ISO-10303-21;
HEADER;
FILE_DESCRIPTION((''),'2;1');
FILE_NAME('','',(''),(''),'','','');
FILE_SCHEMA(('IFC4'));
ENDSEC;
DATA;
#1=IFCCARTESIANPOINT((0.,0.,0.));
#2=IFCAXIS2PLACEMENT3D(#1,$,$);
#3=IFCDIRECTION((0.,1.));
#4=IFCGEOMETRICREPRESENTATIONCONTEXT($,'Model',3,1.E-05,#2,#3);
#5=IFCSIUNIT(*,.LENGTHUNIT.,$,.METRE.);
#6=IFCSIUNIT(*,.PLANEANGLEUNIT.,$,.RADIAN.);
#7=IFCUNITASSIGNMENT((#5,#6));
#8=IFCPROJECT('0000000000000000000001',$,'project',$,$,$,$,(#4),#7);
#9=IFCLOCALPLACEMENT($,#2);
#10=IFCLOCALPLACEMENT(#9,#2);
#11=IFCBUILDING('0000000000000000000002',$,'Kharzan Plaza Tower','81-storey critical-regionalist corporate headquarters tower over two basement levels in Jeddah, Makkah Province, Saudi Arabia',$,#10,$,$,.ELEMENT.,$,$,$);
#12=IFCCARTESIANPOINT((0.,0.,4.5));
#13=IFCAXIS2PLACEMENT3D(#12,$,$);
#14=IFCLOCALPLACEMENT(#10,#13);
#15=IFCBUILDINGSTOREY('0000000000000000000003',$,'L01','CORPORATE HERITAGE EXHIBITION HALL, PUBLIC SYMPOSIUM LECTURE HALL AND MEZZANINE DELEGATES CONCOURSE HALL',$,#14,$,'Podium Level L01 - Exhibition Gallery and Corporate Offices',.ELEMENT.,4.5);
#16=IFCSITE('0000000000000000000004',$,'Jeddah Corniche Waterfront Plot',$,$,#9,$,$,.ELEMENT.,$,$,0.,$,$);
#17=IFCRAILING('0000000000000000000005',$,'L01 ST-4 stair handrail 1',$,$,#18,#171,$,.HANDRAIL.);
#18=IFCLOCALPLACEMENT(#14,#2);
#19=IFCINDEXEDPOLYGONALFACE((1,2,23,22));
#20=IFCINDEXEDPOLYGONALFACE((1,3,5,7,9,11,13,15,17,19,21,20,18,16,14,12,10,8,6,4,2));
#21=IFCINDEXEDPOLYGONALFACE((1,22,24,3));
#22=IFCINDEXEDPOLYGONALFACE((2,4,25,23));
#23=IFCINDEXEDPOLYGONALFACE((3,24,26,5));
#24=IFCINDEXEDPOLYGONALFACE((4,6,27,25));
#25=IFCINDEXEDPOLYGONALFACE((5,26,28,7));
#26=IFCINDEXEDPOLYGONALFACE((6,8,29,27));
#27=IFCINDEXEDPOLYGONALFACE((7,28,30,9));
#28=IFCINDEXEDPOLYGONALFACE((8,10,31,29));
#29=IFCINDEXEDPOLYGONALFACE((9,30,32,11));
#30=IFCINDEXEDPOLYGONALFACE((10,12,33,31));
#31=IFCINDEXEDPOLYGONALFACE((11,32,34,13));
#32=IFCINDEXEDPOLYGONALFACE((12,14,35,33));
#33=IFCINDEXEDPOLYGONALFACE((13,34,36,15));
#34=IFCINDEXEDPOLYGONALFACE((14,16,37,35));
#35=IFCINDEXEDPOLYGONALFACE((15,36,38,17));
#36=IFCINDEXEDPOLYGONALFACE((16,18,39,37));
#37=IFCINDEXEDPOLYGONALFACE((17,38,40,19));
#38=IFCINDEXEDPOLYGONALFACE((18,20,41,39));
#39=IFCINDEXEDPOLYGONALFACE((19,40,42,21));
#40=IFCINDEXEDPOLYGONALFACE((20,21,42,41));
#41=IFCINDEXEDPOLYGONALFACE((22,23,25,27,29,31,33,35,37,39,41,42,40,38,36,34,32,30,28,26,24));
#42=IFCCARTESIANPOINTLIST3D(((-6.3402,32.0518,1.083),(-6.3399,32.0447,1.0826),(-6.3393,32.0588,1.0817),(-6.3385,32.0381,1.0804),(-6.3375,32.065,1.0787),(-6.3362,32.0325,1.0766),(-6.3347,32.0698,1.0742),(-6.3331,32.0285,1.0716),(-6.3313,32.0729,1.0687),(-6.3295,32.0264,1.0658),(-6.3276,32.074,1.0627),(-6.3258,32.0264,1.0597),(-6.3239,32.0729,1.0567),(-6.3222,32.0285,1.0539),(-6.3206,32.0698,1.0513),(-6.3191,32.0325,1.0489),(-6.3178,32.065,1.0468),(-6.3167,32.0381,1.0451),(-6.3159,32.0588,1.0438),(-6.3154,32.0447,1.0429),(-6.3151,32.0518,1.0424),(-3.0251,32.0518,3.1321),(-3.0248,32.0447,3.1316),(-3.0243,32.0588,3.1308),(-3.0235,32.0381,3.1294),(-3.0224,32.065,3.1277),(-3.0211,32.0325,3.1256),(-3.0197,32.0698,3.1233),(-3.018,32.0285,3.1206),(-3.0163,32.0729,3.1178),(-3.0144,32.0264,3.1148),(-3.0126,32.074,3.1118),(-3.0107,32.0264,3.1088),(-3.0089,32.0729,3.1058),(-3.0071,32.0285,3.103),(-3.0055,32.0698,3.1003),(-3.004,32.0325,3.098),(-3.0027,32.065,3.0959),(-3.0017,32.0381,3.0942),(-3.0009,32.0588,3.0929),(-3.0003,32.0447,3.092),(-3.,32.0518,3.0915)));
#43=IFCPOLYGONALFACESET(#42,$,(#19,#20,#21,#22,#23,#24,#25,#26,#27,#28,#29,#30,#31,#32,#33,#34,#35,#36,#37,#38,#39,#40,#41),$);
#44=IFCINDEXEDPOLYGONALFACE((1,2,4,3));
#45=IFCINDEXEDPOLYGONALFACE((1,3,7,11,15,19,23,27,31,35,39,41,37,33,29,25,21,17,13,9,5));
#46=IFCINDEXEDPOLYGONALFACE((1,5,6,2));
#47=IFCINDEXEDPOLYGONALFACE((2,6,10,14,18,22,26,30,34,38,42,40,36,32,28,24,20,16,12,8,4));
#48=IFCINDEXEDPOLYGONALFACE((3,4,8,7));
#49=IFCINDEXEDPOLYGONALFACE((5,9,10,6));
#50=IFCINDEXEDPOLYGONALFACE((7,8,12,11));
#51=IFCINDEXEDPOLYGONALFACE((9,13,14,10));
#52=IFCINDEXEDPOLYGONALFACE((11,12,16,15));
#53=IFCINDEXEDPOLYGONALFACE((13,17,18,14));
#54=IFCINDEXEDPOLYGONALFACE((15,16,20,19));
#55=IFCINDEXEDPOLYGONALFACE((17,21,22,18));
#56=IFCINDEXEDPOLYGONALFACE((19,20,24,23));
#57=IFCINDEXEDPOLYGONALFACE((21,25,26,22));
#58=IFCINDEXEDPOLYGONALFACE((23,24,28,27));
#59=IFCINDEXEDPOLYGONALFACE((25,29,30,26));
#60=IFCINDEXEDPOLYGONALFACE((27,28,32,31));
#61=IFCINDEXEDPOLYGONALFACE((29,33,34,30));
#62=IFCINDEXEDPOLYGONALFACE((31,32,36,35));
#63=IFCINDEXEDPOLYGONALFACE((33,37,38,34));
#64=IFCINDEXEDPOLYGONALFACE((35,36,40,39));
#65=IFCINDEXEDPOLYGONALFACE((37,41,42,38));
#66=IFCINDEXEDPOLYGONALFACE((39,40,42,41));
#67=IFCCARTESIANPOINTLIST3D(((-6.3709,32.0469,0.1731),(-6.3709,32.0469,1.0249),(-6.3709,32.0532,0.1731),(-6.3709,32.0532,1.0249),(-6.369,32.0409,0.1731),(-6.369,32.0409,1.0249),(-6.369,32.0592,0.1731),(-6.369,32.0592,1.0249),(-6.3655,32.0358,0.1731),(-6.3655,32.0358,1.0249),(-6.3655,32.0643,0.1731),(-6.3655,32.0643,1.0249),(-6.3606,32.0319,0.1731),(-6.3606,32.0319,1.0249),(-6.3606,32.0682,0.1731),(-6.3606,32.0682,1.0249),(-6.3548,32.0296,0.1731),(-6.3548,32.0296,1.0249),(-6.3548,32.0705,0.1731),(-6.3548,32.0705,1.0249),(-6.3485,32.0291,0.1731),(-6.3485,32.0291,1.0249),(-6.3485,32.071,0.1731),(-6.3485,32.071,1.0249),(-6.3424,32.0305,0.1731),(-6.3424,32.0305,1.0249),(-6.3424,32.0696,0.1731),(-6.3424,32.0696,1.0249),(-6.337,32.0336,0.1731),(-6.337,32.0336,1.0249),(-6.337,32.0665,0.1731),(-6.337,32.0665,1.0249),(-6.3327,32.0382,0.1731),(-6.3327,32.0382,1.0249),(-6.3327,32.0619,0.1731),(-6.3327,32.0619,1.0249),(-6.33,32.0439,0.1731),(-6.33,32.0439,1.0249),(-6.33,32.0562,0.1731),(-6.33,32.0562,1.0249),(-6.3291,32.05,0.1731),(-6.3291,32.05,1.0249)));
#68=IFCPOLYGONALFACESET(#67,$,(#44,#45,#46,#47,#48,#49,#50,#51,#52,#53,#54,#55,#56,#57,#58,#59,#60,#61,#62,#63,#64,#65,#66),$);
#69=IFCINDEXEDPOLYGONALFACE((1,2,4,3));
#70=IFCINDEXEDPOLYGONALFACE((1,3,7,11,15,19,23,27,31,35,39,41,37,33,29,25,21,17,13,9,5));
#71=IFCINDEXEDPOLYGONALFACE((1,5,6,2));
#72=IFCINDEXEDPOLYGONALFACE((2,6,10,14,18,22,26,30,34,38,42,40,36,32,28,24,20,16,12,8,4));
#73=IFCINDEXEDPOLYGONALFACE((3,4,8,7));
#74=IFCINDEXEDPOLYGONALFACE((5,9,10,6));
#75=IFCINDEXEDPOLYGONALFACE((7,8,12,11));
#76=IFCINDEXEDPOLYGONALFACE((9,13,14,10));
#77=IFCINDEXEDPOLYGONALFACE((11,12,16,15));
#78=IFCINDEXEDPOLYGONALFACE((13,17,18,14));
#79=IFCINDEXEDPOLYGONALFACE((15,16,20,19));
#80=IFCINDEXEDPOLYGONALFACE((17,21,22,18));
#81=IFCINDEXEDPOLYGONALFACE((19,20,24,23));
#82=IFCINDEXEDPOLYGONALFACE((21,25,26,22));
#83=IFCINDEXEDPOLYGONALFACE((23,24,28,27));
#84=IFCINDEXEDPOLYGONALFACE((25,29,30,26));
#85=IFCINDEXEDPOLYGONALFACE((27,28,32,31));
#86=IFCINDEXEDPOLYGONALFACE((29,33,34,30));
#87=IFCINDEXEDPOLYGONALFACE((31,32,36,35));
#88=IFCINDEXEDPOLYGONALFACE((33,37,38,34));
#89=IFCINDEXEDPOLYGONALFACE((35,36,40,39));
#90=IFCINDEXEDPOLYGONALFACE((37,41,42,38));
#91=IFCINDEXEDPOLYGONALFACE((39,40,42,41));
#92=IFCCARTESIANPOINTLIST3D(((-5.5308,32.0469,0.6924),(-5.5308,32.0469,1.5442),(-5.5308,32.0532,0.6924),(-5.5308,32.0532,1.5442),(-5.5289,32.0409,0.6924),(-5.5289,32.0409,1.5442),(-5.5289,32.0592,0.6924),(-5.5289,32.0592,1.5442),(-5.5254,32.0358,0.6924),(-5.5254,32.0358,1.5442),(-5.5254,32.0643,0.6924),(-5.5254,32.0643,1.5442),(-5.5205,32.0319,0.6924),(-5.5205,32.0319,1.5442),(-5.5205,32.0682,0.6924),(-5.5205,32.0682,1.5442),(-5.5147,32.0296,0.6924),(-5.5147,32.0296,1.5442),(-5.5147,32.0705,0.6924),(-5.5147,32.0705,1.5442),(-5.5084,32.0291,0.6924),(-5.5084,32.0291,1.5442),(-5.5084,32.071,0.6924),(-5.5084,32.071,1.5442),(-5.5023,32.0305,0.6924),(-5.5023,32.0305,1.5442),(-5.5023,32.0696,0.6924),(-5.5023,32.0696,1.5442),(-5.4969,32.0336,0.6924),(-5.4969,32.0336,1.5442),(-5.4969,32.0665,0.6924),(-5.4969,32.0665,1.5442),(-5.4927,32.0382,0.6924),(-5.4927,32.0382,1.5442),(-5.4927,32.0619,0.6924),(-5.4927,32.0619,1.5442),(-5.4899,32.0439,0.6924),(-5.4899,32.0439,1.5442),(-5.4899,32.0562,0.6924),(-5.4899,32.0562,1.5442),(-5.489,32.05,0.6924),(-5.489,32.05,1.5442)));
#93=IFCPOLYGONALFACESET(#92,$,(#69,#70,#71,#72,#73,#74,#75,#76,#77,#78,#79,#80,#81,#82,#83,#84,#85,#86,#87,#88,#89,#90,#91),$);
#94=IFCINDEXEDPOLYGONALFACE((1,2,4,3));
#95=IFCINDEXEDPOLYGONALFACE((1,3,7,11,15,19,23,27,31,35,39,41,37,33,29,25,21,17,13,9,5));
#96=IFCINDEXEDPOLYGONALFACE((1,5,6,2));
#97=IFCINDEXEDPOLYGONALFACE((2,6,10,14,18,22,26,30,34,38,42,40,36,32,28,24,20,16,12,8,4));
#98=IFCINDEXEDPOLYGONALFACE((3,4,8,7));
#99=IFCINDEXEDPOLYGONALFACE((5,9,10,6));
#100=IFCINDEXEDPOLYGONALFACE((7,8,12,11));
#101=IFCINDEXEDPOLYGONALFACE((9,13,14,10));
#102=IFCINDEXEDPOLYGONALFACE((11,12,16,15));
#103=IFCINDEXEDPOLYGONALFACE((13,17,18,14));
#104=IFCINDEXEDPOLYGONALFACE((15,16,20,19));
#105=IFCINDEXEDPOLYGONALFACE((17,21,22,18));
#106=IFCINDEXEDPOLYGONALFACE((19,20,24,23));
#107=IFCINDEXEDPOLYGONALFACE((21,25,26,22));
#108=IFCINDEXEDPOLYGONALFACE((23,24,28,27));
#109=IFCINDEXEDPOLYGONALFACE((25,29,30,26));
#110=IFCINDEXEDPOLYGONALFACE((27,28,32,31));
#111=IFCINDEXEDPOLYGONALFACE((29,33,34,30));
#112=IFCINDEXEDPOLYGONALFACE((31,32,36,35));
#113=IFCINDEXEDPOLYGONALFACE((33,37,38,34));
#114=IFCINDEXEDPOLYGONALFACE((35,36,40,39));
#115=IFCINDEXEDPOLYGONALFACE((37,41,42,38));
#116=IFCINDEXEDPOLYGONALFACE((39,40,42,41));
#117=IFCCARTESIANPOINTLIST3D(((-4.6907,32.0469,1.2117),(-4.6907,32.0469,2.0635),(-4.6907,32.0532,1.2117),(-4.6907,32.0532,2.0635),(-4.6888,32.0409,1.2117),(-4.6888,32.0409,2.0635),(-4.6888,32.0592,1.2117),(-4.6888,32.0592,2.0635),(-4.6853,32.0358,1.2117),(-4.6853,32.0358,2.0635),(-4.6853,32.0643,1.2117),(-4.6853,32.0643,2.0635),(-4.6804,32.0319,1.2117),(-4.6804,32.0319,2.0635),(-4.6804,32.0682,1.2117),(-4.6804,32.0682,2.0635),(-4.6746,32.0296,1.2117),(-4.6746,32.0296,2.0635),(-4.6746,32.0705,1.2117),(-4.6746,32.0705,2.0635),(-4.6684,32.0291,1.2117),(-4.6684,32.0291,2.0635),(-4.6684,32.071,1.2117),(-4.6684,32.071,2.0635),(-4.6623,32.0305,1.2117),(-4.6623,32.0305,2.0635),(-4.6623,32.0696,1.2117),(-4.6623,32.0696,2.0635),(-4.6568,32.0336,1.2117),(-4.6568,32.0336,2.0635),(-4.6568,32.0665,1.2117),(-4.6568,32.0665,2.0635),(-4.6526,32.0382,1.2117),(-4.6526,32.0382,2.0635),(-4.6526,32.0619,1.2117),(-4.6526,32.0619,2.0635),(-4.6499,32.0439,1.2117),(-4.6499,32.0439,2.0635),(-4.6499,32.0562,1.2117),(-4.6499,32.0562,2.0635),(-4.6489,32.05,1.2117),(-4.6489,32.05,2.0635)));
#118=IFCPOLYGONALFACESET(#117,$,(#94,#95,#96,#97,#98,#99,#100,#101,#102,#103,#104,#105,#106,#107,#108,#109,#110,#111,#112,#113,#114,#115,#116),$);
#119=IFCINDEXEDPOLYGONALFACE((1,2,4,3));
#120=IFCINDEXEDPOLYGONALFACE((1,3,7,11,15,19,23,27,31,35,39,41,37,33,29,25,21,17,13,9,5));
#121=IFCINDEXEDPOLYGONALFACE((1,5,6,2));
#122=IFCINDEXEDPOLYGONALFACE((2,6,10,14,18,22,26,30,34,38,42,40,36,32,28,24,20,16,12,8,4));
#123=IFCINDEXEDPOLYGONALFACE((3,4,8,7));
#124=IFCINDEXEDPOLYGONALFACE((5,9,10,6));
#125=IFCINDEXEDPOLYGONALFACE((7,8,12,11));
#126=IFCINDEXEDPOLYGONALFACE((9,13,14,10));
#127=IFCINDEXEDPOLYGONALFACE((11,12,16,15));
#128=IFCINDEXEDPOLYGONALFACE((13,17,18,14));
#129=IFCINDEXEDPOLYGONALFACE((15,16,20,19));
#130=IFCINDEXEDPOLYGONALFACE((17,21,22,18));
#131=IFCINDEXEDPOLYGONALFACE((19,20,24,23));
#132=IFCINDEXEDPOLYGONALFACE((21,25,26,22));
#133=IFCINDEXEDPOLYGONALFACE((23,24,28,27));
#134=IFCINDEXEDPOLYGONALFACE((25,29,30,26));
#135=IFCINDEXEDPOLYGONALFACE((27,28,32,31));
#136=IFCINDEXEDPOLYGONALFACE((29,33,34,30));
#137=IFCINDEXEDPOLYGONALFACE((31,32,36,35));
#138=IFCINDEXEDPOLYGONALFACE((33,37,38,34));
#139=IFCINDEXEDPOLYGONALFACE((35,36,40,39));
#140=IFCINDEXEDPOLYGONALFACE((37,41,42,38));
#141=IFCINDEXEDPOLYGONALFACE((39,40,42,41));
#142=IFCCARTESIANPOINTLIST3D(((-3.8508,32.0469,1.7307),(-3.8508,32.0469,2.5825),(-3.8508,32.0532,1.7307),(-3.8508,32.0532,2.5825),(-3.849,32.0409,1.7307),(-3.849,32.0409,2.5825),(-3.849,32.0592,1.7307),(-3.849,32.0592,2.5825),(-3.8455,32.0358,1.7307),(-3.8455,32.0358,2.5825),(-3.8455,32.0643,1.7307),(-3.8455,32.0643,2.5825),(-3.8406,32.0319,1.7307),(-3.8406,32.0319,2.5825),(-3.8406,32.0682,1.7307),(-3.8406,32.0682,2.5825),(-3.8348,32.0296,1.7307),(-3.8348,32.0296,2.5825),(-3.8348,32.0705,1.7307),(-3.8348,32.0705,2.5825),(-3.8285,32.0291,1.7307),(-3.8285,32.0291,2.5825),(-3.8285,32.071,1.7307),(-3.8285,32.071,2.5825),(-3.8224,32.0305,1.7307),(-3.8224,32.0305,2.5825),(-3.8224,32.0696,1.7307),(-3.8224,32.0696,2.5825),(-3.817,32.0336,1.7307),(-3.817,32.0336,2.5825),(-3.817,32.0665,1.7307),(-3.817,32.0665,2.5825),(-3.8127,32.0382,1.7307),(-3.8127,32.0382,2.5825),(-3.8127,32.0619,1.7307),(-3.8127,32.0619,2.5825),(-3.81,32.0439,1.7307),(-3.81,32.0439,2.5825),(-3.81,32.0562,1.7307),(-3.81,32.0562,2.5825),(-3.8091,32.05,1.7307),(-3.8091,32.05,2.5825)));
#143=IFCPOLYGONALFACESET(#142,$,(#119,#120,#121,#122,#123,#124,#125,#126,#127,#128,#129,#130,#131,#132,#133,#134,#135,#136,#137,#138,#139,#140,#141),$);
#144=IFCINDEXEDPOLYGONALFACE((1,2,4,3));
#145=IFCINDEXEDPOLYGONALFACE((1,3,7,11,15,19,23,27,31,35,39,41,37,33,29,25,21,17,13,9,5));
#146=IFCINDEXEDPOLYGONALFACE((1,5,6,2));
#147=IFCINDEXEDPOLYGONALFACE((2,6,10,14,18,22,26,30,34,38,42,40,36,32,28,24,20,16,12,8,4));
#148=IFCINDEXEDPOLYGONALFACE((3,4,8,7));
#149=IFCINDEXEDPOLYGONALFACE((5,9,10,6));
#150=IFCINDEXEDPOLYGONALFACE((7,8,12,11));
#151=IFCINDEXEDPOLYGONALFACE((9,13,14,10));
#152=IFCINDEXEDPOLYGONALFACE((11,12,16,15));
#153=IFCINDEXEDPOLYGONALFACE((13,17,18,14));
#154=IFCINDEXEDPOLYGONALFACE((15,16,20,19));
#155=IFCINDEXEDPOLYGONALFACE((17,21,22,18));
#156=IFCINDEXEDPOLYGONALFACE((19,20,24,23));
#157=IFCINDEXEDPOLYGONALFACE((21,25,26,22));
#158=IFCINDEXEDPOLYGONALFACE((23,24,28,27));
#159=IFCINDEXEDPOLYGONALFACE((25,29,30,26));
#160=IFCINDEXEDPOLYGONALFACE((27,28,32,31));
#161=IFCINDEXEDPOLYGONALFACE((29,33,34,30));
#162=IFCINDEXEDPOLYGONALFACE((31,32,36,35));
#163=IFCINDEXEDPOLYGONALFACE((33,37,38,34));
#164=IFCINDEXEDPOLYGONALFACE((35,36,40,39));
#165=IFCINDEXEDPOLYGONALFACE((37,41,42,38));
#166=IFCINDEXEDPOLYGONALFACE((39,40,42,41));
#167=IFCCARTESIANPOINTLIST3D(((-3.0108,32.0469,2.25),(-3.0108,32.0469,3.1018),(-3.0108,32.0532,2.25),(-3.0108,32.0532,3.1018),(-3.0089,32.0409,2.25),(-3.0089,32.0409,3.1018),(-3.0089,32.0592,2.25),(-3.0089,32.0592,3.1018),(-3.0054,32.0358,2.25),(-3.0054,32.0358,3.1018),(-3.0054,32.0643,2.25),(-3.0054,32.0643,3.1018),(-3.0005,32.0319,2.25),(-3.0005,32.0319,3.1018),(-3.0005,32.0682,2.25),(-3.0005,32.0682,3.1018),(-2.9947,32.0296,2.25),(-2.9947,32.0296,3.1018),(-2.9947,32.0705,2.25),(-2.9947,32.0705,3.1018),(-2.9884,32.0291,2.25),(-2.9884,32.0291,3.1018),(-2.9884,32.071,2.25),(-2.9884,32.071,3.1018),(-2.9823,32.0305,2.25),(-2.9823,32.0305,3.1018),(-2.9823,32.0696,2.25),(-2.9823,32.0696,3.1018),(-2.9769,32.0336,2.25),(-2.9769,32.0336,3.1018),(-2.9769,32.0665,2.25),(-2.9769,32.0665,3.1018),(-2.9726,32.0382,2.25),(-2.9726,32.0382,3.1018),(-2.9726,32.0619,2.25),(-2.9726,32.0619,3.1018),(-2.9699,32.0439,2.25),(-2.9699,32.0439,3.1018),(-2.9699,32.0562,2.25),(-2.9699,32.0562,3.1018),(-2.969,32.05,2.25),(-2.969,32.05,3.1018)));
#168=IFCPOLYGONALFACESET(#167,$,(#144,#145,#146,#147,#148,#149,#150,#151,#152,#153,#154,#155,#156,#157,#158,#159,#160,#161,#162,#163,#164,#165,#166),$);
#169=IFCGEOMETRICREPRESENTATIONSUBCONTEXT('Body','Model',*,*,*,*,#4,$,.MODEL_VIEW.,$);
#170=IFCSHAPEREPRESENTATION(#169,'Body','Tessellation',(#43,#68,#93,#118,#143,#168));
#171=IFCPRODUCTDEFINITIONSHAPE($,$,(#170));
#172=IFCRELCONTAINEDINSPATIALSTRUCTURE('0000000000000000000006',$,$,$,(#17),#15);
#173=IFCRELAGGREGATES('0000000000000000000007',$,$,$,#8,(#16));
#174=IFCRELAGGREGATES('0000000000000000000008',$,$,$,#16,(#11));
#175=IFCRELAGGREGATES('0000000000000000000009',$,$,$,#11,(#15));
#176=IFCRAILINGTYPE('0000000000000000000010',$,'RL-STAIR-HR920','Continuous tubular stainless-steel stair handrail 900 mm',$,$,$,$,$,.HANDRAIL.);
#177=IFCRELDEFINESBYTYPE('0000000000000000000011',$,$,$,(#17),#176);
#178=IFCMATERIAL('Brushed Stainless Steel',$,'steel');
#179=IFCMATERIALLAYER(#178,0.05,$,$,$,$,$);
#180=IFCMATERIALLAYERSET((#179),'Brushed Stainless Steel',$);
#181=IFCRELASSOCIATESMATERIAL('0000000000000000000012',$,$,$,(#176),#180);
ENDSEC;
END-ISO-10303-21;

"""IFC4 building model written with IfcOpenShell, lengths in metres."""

from ifc_helpers import new_model, si_unit, direction, frame, origin, origin_2d, place, context, subcontext, project, spatial, circle, extrude, source, transform, mapped, material, layer, layer_set, type_object, element, save


model = new_model("IFC4")

# Units and contexts
model_context = context("Model", 3, precision=1e-05, world=origin(), true_north=direction((0.0, 1.0)))
body_context = subcontext(model_context, "Body", "Model", "MODEL_VIEW")
ifc_project = project(units=[si_unit("LENGTHUNIT", "METRE"), si_unit("PLANEANGLEUNIT", "RADIAN")], contexts=[model_context])

# Site, building, storey
site_placement = place(None, origin())
site = spatial("IfcSite", under=ifc_project, at=site_placement, Name="Jeddah Corniche Waterfront Plot", CompositionType="ELEMENT", RefElevation=0.0)
building_placement = place(site_placement, origin())
building = spatial("IfcBuilding", under=site, at=building_placement, Name="Kharzan Plaza Tower", Description="81-storey critical-regionalist corporate headquarters tower over two basement levels in Jeddah, Makkah Province, Saudi Arabia", CompositionType="ELEMENT")
storey_placement = place(building_placement, frame((0.0, 0.0, 4.5)))
storey = spatial("IfcBuildingStorey", under=building, at=storey_placement, Name="L01", Description="CORPORATE HERITAGE EXHIBITION HALL, PUBLIC SYMPOSIUM LECTURE HALL AND MEZZANINE DELEGATES CONCOURSE HALL", LongName="Podium Level L01 - Exhibition Gallery and Corporate Offices", CompositionType="ELEMENT", Elevation=4.5)

# Railing
ifc_material_1 = material(Name="Brushed Stainless Steel", Category="steel")
ifc_layer_1 = layer(ifc_material_1, 0.05)
ifc_layer_set_1 = layer_set([ifc_layer_1], Name="Brushed Stainless Steel")
railing_type_1 = type_object("IfcRailingType", Name="RL-STAIR-HR920", Description="Continuous tubular stainless-steel stair handrail 900 mm", PredefinedType="HANDRAIL", material=ifc_layer_set_1)
shared_shape_1 = source(origin(), body_context, "Body", "SweptSolid", [
    extrude(circle(Radius=0.0239, at=origin_2d()), frame((0.0225, 0.0, 0.8896), z_axis=(0.850623, 0.0, 0.525776), x_axis=(0.0, 1.0, 0.0)), (0.0, 0.0, 1.0), 3.8972),
    extrude(circle(Radius=0.021, at=origin_2d()), origin(), (0.0, 0.0, 1.0), 0.8518),
    extrude(circle(Radius=0.021, at=origin_2d()), frame((0.8401, 0.0, 0.5193)), (0.0, 0.0, 1.0), 0.8518),
    extrude(circle(Radius=0.021, at=origin_2d()), frame((1.6802, 0.0, 1.0386)), (0.0, 0.0, 1.0), 0.8518),
    extrude(circle(Radius=0.021, at=origin_2d()), frame((2.52, 0.0, 1.5576)), (0.0, 0.0, 1.0), 0.8518),
    extrude(circle(Radius=0.021, at=origin_2d()), frame((3.3601, 0.0, 2.0769)), (0.0, 0.0, 1.0), 0.8518),
])
railing_1_placement = place(storey_placement, frame((-6.3501, 32.05, 0.1731)))
element("IfcRailing", 1, at=railing_1_placement, inside=storey, type_object=railing_type_1, Name="L01 ST-4 stair handrail 1", PredefinedType="HANDRAIL", context=body_context, shape_type="MappedRepresentation", body=[
    mapped(shared_shape_1, transform((0.0, 0.0, 0.0), x_axis=(1.0, 0.0, 0.0), y_axis=(0.0, 1.0, 0.0), z_axis=(0.0, 0.0, 1.0))),
])

save(model, "model.ifc")
